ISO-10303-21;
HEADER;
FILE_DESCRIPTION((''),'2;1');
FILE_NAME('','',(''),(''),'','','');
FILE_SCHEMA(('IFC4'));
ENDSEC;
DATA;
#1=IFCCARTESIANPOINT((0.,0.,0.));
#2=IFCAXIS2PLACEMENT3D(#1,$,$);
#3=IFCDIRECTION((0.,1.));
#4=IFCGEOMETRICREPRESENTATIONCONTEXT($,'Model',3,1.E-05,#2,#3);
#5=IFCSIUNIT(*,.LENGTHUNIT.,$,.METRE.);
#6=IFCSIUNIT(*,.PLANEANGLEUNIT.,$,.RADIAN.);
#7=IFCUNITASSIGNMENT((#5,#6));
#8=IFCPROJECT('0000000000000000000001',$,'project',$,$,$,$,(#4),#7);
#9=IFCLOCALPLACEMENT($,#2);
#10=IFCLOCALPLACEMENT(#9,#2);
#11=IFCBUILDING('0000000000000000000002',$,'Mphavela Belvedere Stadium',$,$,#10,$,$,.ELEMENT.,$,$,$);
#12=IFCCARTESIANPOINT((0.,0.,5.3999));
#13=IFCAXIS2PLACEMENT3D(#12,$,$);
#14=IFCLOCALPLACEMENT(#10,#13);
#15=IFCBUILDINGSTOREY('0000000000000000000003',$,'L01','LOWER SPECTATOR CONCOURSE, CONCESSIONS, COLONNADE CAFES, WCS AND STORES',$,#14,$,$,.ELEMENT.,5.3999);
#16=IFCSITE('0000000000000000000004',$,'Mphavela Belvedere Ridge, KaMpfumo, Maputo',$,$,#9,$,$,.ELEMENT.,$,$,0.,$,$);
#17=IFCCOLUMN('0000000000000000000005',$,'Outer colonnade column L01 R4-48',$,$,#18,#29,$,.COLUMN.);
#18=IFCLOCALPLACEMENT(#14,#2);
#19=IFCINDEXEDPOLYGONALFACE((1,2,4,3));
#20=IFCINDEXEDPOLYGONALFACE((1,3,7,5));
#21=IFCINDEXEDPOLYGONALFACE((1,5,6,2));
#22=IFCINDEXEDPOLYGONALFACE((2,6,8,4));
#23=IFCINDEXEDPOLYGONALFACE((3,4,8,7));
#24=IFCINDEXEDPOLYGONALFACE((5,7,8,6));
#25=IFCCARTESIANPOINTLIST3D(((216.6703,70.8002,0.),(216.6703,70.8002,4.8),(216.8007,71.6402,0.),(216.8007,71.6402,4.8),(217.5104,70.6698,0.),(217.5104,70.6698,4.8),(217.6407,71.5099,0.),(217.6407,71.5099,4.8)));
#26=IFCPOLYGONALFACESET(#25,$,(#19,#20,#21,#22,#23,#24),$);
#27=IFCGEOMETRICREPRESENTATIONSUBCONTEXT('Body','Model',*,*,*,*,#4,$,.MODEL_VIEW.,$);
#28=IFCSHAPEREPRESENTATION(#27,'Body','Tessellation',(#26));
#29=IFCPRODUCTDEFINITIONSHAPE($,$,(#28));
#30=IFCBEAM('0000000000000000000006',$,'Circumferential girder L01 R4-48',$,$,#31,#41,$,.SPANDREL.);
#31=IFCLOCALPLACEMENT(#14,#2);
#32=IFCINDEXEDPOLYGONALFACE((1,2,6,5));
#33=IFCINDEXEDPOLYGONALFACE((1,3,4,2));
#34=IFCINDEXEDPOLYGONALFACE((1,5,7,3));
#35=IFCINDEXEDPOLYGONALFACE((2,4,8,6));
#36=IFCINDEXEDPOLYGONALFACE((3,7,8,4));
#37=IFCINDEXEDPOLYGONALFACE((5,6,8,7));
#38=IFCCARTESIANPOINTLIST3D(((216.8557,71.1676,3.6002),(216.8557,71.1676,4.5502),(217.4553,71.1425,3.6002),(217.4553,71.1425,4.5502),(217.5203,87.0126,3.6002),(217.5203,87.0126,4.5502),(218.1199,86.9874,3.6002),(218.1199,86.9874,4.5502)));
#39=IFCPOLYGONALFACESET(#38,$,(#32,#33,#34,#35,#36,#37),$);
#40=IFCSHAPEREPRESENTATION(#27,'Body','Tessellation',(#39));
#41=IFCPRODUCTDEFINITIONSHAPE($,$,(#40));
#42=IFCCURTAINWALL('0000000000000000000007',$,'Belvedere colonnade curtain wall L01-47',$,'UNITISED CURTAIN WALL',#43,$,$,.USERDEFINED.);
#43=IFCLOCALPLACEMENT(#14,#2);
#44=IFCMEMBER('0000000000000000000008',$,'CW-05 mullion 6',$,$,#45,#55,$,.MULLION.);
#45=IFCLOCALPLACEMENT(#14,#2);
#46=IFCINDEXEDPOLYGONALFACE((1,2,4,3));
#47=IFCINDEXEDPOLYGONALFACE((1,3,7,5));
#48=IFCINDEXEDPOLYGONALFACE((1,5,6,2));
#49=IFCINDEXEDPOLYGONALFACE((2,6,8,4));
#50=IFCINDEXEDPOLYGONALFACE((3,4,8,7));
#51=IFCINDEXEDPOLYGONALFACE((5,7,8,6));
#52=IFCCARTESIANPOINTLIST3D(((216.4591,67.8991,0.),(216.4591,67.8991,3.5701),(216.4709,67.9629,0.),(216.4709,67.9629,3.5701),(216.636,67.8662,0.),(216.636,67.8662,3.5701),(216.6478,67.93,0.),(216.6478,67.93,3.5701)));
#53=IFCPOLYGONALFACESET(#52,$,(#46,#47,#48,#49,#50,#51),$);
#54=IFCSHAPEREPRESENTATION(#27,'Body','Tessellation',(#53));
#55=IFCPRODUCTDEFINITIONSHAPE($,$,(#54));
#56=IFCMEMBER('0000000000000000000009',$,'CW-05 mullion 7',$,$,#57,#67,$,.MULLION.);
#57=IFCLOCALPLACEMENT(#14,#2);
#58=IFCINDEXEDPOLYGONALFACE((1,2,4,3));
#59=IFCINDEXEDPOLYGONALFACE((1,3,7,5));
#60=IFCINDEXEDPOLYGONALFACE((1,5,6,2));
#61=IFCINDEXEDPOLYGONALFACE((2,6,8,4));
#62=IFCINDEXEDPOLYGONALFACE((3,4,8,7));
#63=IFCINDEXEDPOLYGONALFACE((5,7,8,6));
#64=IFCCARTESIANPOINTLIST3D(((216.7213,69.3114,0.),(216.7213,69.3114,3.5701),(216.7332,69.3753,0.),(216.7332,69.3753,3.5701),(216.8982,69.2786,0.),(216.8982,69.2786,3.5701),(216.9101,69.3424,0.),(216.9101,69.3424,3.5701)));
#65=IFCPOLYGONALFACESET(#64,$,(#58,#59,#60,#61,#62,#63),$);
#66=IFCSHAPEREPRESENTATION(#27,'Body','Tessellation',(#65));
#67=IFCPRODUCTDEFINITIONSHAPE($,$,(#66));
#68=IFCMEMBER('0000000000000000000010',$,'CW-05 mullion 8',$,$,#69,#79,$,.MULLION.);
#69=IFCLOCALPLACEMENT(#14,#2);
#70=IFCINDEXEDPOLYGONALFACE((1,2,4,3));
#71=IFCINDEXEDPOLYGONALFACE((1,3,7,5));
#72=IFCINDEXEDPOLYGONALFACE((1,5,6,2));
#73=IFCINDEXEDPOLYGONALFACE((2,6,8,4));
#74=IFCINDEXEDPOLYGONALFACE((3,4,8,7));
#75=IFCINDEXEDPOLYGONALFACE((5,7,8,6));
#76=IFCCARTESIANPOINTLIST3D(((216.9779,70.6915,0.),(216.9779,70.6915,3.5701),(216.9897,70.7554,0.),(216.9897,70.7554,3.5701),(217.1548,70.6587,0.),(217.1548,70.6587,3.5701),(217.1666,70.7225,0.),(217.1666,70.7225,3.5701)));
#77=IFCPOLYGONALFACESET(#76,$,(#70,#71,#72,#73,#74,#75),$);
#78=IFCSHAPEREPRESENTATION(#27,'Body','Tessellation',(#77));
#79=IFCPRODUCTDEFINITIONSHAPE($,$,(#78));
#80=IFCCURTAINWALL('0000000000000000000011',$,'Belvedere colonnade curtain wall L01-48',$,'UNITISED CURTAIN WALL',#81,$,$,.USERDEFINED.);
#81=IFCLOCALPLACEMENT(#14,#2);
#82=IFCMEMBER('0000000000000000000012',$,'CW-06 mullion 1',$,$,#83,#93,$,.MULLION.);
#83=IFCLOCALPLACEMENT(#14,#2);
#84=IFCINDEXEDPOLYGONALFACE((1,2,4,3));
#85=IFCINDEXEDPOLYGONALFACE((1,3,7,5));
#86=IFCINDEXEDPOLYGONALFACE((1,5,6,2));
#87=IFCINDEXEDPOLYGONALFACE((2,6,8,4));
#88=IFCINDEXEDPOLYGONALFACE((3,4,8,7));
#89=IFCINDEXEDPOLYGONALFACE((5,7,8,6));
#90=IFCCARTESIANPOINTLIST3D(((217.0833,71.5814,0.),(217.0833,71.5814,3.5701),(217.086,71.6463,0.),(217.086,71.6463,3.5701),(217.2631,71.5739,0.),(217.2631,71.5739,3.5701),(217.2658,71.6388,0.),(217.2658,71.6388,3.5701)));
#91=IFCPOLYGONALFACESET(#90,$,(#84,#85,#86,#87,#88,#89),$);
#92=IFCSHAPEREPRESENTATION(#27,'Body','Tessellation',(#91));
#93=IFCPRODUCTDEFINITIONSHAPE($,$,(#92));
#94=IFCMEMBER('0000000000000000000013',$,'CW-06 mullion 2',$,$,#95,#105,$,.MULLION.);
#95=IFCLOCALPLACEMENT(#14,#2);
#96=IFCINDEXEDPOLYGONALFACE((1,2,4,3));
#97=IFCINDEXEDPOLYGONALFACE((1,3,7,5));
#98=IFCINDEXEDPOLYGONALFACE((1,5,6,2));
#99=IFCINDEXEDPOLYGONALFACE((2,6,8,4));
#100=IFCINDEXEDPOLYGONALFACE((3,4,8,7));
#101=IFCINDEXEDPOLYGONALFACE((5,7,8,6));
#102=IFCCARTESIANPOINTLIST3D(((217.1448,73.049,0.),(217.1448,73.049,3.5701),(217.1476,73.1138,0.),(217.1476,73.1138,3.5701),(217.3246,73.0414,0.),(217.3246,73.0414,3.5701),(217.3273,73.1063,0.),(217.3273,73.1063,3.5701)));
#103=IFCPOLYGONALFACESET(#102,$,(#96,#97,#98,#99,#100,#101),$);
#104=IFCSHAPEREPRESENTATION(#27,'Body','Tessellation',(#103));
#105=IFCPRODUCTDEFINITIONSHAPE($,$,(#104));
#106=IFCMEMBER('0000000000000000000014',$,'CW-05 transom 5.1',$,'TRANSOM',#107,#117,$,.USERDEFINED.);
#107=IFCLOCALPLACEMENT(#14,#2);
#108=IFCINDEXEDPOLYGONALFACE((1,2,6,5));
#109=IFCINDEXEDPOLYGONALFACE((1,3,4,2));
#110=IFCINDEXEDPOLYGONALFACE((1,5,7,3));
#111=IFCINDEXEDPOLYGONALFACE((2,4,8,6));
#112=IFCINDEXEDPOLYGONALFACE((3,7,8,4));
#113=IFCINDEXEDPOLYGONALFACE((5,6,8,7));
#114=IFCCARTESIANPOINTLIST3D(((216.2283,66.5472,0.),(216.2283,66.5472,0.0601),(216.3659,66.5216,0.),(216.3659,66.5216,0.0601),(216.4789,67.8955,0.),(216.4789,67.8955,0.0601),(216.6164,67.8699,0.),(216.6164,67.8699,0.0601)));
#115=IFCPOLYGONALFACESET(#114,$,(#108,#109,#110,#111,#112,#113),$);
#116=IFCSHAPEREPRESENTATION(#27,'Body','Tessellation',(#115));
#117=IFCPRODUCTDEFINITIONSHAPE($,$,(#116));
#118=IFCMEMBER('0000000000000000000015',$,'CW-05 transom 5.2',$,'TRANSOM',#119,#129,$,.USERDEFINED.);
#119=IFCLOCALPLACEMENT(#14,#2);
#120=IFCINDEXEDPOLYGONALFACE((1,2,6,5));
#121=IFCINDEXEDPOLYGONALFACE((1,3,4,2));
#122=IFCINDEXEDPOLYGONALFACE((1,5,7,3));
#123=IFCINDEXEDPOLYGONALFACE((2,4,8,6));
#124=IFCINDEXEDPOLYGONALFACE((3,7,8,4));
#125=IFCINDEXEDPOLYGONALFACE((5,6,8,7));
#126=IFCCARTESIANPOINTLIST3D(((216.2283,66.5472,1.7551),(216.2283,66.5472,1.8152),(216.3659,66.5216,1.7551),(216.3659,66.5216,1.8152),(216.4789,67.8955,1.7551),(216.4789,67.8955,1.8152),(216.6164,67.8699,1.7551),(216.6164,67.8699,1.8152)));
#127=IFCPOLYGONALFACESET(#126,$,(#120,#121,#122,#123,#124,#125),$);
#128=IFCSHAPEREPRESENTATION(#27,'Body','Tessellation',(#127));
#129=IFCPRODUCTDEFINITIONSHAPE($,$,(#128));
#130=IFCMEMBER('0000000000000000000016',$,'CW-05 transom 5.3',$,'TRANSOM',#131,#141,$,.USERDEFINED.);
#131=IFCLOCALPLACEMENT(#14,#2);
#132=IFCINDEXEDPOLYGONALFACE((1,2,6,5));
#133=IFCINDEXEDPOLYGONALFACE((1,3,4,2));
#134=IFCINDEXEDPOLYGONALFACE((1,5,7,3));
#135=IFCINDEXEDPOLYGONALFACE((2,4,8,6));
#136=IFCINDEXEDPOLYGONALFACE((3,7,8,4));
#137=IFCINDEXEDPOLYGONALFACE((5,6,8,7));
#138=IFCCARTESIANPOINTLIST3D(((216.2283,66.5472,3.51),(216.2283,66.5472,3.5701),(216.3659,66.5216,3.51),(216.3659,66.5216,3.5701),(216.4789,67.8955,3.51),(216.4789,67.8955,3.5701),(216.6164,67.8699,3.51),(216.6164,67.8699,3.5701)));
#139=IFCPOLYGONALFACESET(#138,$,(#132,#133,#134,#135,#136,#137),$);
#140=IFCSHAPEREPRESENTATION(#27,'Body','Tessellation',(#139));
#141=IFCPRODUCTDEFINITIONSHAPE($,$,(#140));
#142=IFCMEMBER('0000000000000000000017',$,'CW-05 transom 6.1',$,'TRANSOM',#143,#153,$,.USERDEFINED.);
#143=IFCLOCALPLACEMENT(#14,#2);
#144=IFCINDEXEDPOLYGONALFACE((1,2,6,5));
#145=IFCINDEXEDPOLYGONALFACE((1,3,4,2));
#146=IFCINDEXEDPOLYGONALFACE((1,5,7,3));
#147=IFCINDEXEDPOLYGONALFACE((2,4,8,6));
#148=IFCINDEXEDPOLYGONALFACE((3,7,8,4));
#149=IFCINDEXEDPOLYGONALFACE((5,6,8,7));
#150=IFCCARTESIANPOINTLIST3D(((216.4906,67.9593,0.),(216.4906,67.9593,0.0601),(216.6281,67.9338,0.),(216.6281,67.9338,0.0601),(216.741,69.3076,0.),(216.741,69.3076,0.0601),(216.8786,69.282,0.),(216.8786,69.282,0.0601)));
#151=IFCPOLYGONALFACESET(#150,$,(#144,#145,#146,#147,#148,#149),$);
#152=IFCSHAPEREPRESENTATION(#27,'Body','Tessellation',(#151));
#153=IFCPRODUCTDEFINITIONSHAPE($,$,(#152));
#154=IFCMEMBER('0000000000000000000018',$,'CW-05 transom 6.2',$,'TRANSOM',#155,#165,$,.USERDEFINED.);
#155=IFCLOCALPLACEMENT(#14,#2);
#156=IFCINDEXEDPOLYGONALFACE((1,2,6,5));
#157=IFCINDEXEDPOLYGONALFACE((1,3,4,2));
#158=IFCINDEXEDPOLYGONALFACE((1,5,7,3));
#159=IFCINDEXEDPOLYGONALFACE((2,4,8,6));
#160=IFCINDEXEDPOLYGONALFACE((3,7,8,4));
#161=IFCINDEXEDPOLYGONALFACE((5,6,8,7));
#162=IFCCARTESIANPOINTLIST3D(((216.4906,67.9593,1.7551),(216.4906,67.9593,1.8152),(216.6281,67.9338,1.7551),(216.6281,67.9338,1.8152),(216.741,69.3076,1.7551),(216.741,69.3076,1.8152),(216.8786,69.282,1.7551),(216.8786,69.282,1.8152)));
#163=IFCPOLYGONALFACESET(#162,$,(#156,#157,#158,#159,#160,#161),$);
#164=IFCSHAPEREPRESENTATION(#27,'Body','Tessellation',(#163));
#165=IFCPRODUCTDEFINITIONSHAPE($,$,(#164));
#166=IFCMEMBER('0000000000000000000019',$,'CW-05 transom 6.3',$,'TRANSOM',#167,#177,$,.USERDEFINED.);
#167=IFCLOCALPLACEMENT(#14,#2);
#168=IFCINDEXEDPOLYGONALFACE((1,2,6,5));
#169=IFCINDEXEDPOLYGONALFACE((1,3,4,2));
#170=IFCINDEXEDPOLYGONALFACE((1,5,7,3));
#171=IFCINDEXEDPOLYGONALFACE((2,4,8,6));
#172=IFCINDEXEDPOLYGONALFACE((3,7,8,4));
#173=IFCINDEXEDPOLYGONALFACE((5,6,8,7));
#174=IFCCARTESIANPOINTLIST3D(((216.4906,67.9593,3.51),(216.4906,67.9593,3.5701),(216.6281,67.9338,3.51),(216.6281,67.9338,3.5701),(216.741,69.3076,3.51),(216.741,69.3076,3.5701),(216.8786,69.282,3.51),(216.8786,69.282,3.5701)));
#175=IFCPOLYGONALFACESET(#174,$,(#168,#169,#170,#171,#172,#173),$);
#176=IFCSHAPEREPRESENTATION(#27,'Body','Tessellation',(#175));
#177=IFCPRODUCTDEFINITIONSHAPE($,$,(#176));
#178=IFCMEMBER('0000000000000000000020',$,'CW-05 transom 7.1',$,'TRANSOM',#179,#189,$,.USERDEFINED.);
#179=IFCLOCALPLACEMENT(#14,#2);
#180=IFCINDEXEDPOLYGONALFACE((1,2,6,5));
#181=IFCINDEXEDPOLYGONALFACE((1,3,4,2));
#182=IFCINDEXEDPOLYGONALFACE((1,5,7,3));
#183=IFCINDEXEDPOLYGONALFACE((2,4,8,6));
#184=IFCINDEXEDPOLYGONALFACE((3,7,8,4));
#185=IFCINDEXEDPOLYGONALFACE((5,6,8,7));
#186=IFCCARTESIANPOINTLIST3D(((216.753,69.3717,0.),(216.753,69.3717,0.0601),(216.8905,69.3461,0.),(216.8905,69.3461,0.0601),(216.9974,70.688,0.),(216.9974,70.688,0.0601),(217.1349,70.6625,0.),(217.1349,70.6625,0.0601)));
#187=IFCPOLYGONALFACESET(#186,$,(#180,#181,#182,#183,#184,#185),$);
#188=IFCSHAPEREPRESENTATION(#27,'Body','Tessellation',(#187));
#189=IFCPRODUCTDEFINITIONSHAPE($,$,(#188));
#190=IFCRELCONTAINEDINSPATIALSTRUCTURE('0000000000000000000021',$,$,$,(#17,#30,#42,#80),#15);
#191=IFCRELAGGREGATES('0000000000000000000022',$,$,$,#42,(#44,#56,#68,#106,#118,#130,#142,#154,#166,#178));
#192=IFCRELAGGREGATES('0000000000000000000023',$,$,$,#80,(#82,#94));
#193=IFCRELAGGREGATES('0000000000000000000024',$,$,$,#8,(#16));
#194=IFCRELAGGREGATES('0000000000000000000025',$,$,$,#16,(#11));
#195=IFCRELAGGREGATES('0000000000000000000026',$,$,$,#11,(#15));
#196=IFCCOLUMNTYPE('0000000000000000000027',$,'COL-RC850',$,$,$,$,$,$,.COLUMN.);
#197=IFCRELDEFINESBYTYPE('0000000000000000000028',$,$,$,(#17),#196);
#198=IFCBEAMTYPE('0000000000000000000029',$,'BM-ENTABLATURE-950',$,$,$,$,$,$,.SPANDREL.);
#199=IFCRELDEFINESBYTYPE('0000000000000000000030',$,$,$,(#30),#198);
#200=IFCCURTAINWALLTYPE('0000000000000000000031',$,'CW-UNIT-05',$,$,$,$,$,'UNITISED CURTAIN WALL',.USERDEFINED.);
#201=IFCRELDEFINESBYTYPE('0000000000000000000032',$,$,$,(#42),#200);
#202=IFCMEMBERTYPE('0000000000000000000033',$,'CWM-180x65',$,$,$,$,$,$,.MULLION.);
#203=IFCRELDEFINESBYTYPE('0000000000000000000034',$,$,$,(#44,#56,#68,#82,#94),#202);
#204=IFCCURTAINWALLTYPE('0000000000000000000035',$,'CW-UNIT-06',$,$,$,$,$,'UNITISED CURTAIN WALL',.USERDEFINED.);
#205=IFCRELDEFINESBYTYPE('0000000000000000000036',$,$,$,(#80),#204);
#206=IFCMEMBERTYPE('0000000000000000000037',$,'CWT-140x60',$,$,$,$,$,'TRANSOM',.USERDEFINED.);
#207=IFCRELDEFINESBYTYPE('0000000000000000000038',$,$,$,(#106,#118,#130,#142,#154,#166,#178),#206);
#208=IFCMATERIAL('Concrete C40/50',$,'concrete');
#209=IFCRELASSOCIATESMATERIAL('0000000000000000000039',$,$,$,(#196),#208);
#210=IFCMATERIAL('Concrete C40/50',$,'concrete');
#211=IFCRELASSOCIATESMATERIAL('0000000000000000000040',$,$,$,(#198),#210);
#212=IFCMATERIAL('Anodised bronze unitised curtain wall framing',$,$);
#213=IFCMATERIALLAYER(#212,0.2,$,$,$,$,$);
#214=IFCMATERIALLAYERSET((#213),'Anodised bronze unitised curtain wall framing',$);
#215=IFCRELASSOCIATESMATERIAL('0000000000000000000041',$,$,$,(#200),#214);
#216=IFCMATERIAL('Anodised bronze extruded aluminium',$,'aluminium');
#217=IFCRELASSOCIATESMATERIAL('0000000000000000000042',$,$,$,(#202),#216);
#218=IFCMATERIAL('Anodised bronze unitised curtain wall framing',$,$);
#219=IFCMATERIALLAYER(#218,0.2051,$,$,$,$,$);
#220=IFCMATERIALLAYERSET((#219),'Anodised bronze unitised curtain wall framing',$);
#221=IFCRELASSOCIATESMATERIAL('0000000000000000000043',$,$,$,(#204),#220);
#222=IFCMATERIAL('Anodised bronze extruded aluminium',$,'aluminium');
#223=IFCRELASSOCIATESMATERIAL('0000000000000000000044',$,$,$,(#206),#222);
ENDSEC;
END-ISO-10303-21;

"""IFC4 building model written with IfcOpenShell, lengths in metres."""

from ifc_helpers import new_model, si_unit, direction, frame, origin, origin_2d, place, context, subcontext, project, spatial, rectangle, extrude, material, layer, layer_set, material_profile, profile_set, type_object, element, aggregate, save


model = new_model("IFC4")

# Units and contexts
model_context = context("Model", 3, precision=1e-05, world=origin(), true_north=direction((0.0, 1.0)))
body_context = subcontext(model_context, "Body", "Model", "MODEL_VIEW")
ifc_project = project(units=[si_unit("LENGTHUNIT", "METRE"), si_unit("PLANEANGLEUNIT", "RADIAN")], contexts=[model_context])

# Site, building, storey
site_placement = place(None, origin())
site = spatial("IfcSite", under=ifc_project, at=site_placement, Name="Mphavela Belvedere Ridge, KaMpfumo, Maputo", CompositionType="ELEMENT", RefElevation=0.0)
building_placement = place(site_placement, origin())
building = spatial("IfcBuilding", under=site, at=building_placement, Name="Mphavela Belvedere Stadium", CompositionType="ELEMENT")
storey_placement = place(building_placement, frame((0.0, 0.0, 5.3999)))
storey = spatial("IfcBuildingStorey", under=building, at=storey_placement, Name="L01", Description="LOWER SPECTATOR CONCOURSE, CONCESSIONS, COLONNADE CAFES, WCS AND STORES", CompositionType="ELEMENT", Elevation=5.3999)

# Column
ifc_material_1 = material(Name="Concrete C40/50", Category="concrete")
ifc_material_profile_1 = material_profile(ifc_material_1, rectangle(XDim=0.8501, YDim=0.8501, at=origin_2d()), Name="RC 850x850")
ifc_profile_set_1 = profile_set([ifc_material_profile_1], Name="Concrete C40/50")
column_type = type_object("IfcColumnType", Name="COL-RC850", PredefinedType="COLUMN", material=ifc_profile_set_1)
column_placement = place(storey_placement, frame((217.1555, 71.155, 0.0), z_axis=(0.0, 0.0, 1.0), x_axis=(0.988175, -0.153331, 0.0)))
element("IfcColumn", 1, at=column_placement, inside=storey, type_object=column_type, Name="Outer colonnade column L01 R4-48", PredefinedType="COLUMN", context=body_context, shape_type="SweptSolid", body=[
    extrude(rectangle(XDim=0.8501, YDim=0.8501, at=origin_2d()), origin(), (0.0, 0.0, 1.0), 4.8),
])

# Beam
ifc_material_2 = material(Name="Concrete C40/50", Category="concrete")
ifc_material_profile_2 = material_profile(ifc_material_2, rectangle(XDim=0.6001, YDim=0.95, at=origin_2d()), Name="RC 600x950")
ifc_profile_set_2 = profile_set([ifc_material_profile_2], Name="Concrete C40/50")
beam_type = type_object("IfcBeamType", Name="BM-ENTABLATURE-950", PredefinedType="SPANDREL", material=ifc_profile_set_2)
beam_placement = place(storey_placement, frame((217.1555, 71.155, 4.0752), z_axis=(0.041904, 0.999122, 0.0), x_axis=(-0.999122, 0.041904, 0.0)))
element("IfcBeam", 2, at=beam_placement, inside=storey, type_object=beam_type, Name="Circumferential girder L01 R4-48", PredefinedType="SPANDREL", context=body_context, shape_type="SweptSolid", body=[
    extrude(rectangle(XDim=0.6001, YDim=0.95, at=origin_2d()), origin(), (0.0, 0.0, 1.0), 15.8589),
])

# Curtain walls, members
ifc_material_3 = material(Name="Anodised bronze unitised curtain wall framing")
ifc_layer_1 = layer(ifc_material_3, 0.2)
ifc_layer_set_1 = layer_set([ifc_layer_1], Name="Anodised bronze unitised curtain wall framing")
curtain_wall_type_1 = type_object("IfcCurtainWallType", Name="CW-UNIT-05", ElementType="UNITISED CURTAIN WALL", PredefinedType="USERDEFINED", material=ifc_layer_set_1)
curtain_wall_1_placement = place(storey_placement, origin())
curtain_wall_1 = element("IfcCurtainWall", 3, at=curtain_wall_1_placement, inside=storey, type_object=curtain_wall_type_1, Name="Belvedere colonnade curtain wall L01-47", ObjectType="UNITISED CURTAIN WALL", PredefinedType="USERDEFINED")
ifc_material_4 = material(Name="Anodised bronze extruded aluminium", Category="aluminium")
ifc_material_profile_3 = material_profile(ifc_material_4, rectangle(XDim=0.1799, YDim=0.0649, at=origin_2d()), Name="CW-MUL 180x65")
ifc_profile_set_3 = profile_set([ifc_material_profile_3], Name="Anodised bronze extruded aluminium")
member_type_1 = type_object("IfcMemberType", Name="CWM-180x65", PredefinedType="MULLION", material=ifc_profile_set_3)
member_1_placement = place(storey_placement, frame((216.5535, 67.9146, 0.0), z_axis=(0.0, 0.0, 1.0), x_axis=(-0.983184, 0.18262, 0.0)))
member_1 = element("IfcMember", 4, at=member_1_placement, type_object=member_type_1, Name="CW-05 mullion 6", PredefinedType="MULLION", context=body_context, shape_type="SweptSolid", body=[
    extrude(rectangle(XDim=0.1799, YDim=0.0649, at=origin_2d()), origin(), (0.0, 0.0, 1.0), 3.5701),
])
member_2_placement = place(storey_placement, frame((216.8157, 69.3269, 0.0), z_axis=(0.0, 0.0, 1.0), x_axis=(-0.983184, 0.18262, 0.0)))
member_2 = element("IfcMember", 5, at=member_2_placement, type_object=member_type_1, Name="CW-05 mullion 7", PredefinedType="MULLION", context=body_context, shape_type="SweptSolid", body=[
    extrude(rectangle(XDim=0.1799, YDim=0.0649, at=origin_2d()), origin(), (0.0, 0.0, 1.0), 3.5701),
])
member_3_placement = place(storey_placement, frame((217.0723, 70.707, 0.0), z_axis=(0.0, 0.0, 1.0), x_axis=(-0.983184, 0.18262, 0.0)))
member_3 = element("IfcMember", 6, at=member_3_placement, type_object=member_type_1, Name="CW-05 mullion 8", PredefinedType="MULLION", context=body_context, shape_type="SweptSolid", body=[
    extrude(rectangle(XDim=0.1799, YDim=0.0649, at=origin_2d()), origin(), (0.0, 0.0, 1.0), 3.5701),
])
ifc_material_5 = material(Name="Anodised bronze unitised curtain wall framing")
ifc_layer_2 = layer(ifc_material_5, 0.2051)
ifc_layer_set_2 = layer_set([ifc_layer_2], Name="Anodised bronze unitised curtain wall framing")
curtain_wall_type_2 = type_object("IfcCurtainWallType", Name="CW-UNIT-06", ElementType="UNITISED CURTAIN WALL", PredefinedType="USERDEFINED", material=ifc_layer_set_2)
curtain_wall_2_placement = place(storey_placement, origin())
curtain_wall_2 = element("IfcCurtainWall", 7, at=curtain_wall_2_placement, inside=storey, type_object=curtain_wall_type_2, Name="Belvedere colonnade curtain wall L01-48", ObjectType="UNITISED CURTAIN WALL", PredefinedType="USERDEFINED")
member_4_placement = place(storey_placement, frame((217.1746, 71.6101, 0.0), z_axis=(0.0, 0.0, 1.0), x_axis=(-0.999121, 0.04191, 0.0)))
member_4 = element("IfcMember", 8, at=member_4_placement, type_object=member_type_1, Name="CW-06 mullion 1", PredefinedType="MULLION", context=body_context, shape_type="SweptSolid", body=[
    extrude(rectangle(XDim=0.1799, YDim=0.0649, at=origin_2d()), origin(), (0.0, 0.0, 1.0), 3.5701),
])
member_5_placement = place(storey_placement, frame((217.2361, 73.0776, 0.0), z_axis=(0.0, 0.0, 1.0), x_axis=(-0.999121, 0.04191, 0.0)))
member_5 = element("IfcMember", 9, at=member_5_placement, type_object=member_type_1, Name="CW-06 mullion 2", PredefinedType="MULLION", context=body_context, shape_type="SweptSolid", body=[
    extrude(rectangle(XDim=0.1799, YDim=0.0649, at=origin_2d()), origin(), (0.0, 0.0, 1.0), 3.5701),
])

# Members
ifc_material_6 = material(Name="Anodised bronze extruded aluminium", Category="aluminium")
ifc_material_profile_4 = material_profile(ifc_material_6, rectangle(XDim=0.1399, YDim=0.0601, at=origin_2d()), Name="CW-TRN 140x60")
ifc_profile_set_4 = profile_set([ifc_material_profile_4], Name="Anodised bronze extruded aluminium")
member_type_2 = type_object("IfcMemberType", Name="CWT-140x60", ElementType="TRANSOM", PredefinedType="USERDEFINED", material=ifc_profile_set_4)
member_6_placement = place(storey_placement, frame((216.2971, 66.5344, 0.03), z_axis=(0.182676, 0.983173, 0.0), x_axis=(-0.983173, 0.182676, 0.0)))
member_6 = element("IfcMember", 10, at=member_6_placement, type_object=member_type_2, Name="CW-05 transom 5.1", ObjectType="TRANSOM", PredefinedType="USERDEFINED", context=body_context, shape_type="SweptSolid", body=[
    extrude(rectangle(XDim=0.1399, YDim=0.0601, at=origin_2d()), origin(), (0.0, 0.0, 1.0), 1.3713),
])
member_7_placement = place(storey_placement, frame((216.2971, 66.5344, 1.7852), z_axis=(0.182676, 0.983173, 0.0), x_axis=(-0.983173, 0.182676, 0.0)))
member_7 = element("IfcMember", 11, at=member_7_placement, type_object=member_type_2, Name="CW-05 transom 5.2", ObjectType="TRANSOM", PredefinedType="USERDEFINED", context=body_context, shape_type="SweptSolid", body=[
    extrude(rectangle(XDim=0.1399, YDim=0.0601, at=origin_2d()), origin(), (0.0, 0.0, 1.0), 1.3713),
])
member_8_placement = place(storey_placement, frame((216.2971, 66.5344, 3.54), z_axis=(0.182676, 0.983173, 0.0), x_axis=(-0.983173, 0.182676, 0.0)))
member_8 = element("IfcMember", 12, at=member_8_placement, type_object=member_type_2, Name="CW-05 transom 5.3", ObjectType="TRANSOM", PredefinedType="USERDEFINED", context=body_context, shape_type="SweptSolid", body=[
    extrude(rectangle(XDim=0.1399, YDim=0.0601, at=origin_2d()), origin(), (0.0, 0.0, 1.0), 1.3713),
])
member_9_placement = place(storey_placement, frame((216.5593, 67.9465, 0.03), z_axis=(0.182644, 0.983179, 0.0), x_axis=(-0.983179, 0.182644, 0.0)))
member_9 = element("IfcMember", 13, at=member_9_placement, type_object=member_type_2, Name="CW-05 transom 6.1", ObjectType="TRANSOM", PredefinedType="USERDEFINED", context=body_context, shape_type="SweptSolid", body=[
    extrude(rectangle(XDim=0.1399, YDim=0.0601, at=origin_2d()), origin(), (0.0, 0.0, 1.0), 1.3713),
])
member_10_placement = place(storey_placement, frame((216.5593, 67.9465, 1.7852), z_axis=(0.182644, 0.983179, 0.0), x_axis=(-0.983179, 0.182644, 0.0)))
member_10 = element("IfcMember", 14, at=member_10_placement, type_object=member_type_2, Name="CW-05 transom 6.2", ObjectType="TRANSOM", PredefinedType="USERDEFINED", context=body_context, shape_type="SweptSolid", body=[
    extrude(rectangle(XDim=0.1399, YDim=0.0601, at=origin_2d()), origin(), (0.0, 0.0, 1.0), 1.3713),
])
member_11_placement = place(storey_placement, frame((216.5593, 67.9465, 3.54), z_axis=(0.182644, 0.983179, 0.0), x_axis=(-0.983179, 0.182644, 0.0)))
member_11 = element("IfcMember", 15, at=member_11_placement, type_object=member_type_2, Name="CW-05 transom 6.3", ObjectType="TRANSOM", PredefinedType="USERDEFINED", context=body_context, shape_type="SweptSolid", body=[
    extrude(rectangle(XDim=0.1399, YDim=0.0601, at=origin_2d()), origin(), (0.0, 0.0, 1.0), 1.3713),
])
member_12_placement = place(storey_placement, frame((216.8218, 69.3589, 0.03), z_axis=(0.182527, 0.983201, 0.0), x_axis=(-0.983201, 0.182527, 0.0)))
member_12 = element("IfcMember", 16, at=member_12_placement, type_object=member_type_2, Name="CW-05 transom 7.1", ObjectType="TRANSOM", PredefinedType="USERDEFINED", context=body_context, shape_type="SweptSolid", body=[
    extrude(rectangle(XDim=0.1399, YDim=0.0601, at=origin_2d()), origin(), (0.0, 0.0, 1.0), 1.3389),
])

aggregate(curtain_wall_1, [member_1, member_2, member_3, member_6, member_7, member_8, member_9, member_10, member_11, member_12])
aggregate(curtain_wall_2, [member_4, member_5])

save(model, "model.ifc")
